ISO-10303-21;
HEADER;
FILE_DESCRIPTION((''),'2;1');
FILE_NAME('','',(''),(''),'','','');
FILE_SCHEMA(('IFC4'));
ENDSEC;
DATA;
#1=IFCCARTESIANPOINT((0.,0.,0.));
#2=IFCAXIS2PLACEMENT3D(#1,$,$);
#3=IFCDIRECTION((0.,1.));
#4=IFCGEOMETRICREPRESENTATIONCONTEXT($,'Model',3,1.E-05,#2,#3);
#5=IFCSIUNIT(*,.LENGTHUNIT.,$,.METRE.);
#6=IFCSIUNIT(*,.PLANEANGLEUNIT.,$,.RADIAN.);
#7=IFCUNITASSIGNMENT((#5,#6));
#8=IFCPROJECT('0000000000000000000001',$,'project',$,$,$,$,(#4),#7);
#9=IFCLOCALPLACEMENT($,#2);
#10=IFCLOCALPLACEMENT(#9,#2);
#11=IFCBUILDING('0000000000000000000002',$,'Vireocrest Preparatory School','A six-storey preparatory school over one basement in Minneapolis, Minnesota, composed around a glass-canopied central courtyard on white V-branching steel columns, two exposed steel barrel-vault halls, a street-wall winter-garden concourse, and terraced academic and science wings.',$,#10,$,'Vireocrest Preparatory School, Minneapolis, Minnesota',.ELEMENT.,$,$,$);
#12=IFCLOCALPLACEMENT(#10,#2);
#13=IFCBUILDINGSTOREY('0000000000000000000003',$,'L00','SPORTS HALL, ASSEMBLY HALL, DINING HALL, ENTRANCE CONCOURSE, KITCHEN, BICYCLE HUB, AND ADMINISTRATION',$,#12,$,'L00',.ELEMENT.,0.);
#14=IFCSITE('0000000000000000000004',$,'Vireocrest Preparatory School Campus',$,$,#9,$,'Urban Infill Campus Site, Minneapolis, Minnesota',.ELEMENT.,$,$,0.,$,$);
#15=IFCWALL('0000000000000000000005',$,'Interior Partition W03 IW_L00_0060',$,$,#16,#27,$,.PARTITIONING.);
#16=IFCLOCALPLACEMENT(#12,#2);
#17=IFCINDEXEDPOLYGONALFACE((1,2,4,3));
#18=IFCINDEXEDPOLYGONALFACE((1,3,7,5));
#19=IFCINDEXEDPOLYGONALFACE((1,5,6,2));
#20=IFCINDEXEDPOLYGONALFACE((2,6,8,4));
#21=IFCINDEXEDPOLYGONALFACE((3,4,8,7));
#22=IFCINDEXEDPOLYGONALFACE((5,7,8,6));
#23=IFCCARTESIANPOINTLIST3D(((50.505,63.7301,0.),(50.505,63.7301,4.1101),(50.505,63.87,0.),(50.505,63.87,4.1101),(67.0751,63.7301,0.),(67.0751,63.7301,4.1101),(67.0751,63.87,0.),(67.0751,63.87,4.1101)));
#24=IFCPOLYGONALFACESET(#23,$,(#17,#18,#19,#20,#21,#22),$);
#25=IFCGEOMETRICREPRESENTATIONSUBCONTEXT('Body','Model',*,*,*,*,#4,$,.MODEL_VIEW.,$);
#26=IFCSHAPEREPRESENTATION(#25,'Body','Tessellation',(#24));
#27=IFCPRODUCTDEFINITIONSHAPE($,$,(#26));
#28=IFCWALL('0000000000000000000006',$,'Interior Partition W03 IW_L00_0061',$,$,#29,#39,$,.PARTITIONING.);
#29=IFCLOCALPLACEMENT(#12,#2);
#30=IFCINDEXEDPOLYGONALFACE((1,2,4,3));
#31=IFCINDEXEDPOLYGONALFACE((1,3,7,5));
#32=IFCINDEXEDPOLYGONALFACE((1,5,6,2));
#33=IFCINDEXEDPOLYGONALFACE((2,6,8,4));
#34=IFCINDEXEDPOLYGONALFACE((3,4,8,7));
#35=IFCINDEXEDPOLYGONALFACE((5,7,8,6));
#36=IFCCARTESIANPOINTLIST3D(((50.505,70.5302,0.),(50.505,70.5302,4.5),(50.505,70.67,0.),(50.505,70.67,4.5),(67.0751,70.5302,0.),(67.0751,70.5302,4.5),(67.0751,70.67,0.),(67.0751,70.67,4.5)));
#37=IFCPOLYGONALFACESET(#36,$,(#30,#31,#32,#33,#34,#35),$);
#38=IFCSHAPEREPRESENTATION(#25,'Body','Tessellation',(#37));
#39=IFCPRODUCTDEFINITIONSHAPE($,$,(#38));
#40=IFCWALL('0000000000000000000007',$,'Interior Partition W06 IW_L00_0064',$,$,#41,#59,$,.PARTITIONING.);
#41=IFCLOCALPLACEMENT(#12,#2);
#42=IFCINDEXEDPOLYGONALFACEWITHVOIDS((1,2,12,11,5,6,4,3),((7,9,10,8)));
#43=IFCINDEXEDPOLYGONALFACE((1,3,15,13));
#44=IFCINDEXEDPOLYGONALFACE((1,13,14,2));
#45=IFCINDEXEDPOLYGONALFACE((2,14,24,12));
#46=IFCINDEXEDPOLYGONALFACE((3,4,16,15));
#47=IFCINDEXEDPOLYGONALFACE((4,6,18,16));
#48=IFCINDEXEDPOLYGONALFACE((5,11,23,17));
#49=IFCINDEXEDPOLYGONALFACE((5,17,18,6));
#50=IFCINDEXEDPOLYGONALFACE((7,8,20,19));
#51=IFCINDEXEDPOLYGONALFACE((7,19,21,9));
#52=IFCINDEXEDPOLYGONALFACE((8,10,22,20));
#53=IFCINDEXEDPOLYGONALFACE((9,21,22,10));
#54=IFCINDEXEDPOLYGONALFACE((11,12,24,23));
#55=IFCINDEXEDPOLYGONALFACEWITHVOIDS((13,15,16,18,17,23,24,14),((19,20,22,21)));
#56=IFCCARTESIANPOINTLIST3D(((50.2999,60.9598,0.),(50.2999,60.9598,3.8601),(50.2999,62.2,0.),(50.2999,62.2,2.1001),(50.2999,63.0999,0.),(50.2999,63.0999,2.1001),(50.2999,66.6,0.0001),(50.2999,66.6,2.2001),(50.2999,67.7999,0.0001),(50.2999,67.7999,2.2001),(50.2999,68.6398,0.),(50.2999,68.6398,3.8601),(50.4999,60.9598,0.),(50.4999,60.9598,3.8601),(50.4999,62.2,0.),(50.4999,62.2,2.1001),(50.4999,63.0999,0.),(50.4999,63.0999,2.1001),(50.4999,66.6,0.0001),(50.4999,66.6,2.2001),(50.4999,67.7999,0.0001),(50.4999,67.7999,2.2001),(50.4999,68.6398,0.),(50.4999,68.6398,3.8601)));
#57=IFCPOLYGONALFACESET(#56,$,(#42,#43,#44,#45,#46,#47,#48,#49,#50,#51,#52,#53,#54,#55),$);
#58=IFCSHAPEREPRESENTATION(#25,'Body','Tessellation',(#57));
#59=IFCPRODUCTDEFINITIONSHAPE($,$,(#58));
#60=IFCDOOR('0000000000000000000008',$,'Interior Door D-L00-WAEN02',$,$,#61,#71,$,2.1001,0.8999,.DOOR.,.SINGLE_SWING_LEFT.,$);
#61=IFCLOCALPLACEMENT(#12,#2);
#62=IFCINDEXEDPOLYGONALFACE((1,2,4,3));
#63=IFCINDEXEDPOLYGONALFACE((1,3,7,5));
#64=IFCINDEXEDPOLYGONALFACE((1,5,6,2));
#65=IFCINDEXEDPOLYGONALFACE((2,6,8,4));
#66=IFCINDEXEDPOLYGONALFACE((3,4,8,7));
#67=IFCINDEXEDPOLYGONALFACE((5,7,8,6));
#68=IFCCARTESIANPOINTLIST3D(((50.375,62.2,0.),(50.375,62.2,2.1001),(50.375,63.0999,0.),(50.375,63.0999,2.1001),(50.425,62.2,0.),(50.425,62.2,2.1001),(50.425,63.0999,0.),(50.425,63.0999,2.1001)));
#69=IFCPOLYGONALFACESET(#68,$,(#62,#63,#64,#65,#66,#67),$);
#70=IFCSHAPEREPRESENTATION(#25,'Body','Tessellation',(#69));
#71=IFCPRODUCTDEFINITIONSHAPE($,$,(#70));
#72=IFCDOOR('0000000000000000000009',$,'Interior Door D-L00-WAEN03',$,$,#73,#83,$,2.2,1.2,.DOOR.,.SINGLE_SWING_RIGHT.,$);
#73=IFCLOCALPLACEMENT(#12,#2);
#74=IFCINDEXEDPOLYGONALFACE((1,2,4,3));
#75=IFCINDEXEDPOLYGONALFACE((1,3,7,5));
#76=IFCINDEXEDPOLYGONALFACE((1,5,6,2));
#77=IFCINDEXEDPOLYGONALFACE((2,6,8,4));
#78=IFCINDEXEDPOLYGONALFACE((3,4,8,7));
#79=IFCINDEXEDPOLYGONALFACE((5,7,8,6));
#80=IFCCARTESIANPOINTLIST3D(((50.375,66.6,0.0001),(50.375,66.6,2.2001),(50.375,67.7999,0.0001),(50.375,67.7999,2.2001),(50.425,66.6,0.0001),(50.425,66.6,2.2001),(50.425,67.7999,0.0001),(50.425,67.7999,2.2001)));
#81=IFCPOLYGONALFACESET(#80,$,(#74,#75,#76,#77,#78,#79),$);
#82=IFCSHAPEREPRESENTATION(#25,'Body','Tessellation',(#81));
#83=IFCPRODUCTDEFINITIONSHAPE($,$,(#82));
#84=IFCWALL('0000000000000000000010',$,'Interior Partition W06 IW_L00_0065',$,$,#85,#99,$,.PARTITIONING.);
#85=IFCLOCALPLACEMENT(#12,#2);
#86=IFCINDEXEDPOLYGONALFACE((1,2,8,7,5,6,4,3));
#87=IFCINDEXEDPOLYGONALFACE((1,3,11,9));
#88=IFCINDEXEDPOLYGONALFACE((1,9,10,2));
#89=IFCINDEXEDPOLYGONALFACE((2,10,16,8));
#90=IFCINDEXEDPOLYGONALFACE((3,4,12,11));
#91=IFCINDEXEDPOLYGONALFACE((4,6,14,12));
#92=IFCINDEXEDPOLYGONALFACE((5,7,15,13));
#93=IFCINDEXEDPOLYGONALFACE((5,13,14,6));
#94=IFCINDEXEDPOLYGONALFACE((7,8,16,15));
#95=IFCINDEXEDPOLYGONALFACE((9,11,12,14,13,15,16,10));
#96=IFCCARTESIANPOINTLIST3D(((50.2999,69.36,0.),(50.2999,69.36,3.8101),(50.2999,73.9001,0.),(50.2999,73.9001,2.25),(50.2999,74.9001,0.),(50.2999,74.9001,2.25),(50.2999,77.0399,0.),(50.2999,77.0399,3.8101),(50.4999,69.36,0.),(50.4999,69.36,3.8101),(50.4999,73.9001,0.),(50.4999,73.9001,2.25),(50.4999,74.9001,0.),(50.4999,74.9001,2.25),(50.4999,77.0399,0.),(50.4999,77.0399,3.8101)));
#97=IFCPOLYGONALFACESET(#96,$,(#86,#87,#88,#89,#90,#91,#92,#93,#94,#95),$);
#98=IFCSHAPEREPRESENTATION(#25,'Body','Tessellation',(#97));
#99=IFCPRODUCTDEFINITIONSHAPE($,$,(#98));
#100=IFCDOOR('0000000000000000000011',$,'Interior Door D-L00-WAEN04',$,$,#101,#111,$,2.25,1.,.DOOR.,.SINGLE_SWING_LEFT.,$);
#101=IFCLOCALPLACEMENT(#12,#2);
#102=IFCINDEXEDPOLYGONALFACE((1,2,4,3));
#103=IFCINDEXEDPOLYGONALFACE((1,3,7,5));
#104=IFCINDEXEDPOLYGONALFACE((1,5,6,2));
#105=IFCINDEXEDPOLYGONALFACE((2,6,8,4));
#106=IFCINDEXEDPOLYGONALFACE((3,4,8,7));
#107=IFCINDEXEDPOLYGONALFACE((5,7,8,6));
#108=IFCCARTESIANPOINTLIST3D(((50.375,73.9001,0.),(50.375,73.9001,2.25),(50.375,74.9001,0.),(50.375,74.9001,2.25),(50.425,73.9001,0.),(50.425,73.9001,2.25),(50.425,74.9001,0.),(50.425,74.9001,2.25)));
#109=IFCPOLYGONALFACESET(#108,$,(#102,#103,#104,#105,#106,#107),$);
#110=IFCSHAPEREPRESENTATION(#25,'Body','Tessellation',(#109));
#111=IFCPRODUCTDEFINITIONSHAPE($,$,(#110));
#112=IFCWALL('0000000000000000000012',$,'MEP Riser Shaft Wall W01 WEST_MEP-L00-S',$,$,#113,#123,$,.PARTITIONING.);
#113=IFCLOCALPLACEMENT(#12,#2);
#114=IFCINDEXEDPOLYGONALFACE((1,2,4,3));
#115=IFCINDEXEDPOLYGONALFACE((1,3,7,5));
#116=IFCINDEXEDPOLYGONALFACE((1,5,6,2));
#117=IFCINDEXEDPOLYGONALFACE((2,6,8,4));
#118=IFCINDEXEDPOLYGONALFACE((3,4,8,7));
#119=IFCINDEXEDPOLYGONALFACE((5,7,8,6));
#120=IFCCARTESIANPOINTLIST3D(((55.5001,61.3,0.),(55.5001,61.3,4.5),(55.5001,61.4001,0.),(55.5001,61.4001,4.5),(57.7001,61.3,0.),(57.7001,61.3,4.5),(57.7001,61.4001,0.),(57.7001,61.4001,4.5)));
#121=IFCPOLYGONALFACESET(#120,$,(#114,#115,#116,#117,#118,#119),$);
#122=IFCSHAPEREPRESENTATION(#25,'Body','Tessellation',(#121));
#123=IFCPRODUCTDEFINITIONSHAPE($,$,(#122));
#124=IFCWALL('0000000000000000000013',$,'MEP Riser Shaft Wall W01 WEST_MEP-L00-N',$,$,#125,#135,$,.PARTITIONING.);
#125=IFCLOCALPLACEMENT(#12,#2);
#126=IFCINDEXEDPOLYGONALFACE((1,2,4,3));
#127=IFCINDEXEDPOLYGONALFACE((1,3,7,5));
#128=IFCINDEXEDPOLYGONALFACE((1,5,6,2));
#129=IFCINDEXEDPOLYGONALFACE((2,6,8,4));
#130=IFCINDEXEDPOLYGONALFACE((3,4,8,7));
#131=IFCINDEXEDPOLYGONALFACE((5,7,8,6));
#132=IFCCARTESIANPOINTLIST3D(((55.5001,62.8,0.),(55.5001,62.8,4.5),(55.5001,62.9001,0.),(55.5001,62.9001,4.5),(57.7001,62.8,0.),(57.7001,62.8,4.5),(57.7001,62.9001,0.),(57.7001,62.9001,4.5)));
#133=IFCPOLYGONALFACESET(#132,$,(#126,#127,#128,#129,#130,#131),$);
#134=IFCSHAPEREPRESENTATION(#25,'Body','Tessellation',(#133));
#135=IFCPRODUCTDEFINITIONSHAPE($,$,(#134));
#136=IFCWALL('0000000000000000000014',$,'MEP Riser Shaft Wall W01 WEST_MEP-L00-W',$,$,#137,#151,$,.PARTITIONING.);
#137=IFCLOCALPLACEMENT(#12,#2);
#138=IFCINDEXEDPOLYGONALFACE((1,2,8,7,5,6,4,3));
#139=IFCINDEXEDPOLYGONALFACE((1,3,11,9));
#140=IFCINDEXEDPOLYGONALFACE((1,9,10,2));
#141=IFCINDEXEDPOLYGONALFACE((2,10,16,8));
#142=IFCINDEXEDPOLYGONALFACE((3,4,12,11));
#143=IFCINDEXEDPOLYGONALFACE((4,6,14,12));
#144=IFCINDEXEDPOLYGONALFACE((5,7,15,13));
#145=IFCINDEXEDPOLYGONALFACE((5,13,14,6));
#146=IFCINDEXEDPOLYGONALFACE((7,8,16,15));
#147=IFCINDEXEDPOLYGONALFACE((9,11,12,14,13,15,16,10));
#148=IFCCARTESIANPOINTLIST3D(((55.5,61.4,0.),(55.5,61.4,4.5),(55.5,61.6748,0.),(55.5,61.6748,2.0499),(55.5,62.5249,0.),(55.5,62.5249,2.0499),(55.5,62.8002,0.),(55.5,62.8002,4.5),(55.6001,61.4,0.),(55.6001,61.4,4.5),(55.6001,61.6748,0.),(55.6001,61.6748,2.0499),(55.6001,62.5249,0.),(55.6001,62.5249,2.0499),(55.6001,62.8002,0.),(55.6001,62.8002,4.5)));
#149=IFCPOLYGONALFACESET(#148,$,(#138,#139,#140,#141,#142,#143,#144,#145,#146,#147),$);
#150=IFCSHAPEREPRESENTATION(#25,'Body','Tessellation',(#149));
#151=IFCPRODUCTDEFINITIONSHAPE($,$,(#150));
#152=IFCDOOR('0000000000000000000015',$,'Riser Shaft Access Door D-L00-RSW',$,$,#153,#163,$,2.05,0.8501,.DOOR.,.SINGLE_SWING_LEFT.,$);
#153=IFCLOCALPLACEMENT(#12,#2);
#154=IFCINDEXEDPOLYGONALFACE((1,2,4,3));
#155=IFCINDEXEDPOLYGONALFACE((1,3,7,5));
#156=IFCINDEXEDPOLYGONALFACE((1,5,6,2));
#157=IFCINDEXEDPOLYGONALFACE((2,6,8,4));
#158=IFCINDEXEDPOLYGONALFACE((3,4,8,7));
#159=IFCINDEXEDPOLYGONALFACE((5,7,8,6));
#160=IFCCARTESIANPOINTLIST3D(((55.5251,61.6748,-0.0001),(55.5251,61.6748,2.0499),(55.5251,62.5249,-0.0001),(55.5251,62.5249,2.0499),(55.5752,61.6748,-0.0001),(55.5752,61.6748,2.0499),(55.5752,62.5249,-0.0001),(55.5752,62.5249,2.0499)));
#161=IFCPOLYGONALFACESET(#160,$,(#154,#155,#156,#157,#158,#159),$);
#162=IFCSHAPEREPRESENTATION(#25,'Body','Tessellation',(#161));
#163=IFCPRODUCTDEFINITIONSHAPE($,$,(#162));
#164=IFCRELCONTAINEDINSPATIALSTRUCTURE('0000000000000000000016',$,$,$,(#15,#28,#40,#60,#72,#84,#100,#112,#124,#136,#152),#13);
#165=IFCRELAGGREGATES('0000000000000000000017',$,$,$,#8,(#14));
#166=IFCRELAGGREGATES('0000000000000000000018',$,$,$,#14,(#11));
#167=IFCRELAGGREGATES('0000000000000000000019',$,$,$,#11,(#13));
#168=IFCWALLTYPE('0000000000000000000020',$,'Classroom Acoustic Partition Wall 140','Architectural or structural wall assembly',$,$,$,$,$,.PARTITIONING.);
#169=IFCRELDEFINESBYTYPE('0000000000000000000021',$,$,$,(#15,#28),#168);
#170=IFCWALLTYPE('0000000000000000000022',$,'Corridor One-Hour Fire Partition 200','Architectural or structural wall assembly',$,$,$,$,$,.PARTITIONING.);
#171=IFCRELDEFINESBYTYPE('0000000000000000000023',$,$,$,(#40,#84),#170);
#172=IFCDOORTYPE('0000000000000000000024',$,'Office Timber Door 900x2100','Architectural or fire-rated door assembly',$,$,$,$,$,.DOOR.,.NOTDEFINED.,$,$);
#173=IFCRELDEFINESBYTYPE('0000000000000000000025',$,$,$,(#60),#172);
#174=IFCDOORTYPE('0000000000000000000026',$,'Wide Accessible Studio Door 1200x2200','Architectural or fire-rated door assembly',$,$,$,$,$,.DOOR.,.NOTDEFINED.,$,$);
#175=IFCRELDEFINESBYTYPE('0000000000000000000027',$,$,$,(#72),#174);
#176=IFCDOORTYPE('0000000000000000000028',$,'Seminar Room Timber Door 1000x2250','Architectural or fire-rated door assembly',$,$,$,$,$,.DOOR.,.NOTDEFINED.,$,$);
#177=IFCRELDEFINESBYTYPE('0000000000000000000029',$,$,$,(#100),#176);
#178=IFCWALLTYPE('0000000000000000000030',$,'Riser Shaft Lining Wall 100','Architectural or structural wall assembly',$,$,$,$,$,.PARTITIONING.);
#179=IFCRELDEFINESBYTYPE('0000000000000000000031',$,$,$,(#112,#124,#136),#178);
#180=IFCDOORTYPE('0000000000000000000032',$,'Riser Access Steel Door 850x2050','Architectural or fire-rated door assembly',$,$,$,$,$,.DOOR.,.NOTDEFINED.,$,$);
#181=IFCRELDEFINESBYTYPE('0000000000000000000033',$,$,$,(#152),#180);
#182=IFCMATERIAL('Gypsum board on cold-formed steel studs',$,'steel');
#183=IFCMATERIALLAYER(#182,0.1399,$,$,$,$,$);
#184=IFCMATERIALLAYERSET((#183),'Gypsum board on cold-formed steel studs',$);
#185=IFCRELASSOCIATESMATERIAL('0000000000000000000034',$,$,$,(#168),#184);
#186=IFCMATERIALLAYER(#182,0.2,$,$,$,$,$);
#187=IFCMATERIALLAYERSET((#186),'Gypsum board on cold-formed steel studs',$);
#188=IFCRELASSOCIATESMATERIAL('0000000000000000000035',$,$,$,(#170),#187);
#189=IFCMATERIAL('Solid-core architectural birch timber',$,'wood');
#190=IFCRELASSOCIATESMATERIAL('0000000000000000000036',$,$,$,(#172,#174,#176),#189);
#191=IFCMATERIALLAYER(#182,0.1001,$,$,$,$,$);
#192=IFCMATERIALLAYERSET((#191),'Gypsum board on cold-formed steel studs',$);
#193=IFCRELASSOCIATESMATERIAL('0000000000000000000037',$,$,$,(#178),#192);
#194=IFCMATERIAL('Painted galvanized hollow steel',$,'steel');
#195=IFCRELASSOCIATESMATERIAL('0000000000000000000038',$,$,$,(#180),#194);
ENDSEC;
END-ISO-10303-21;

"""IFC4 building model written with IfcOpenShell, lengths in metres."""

from ifc_helpers import new_model, si_unit, direction, frame, frame_2d, origin, place, context, subcontext, project, spatial, rectangle, extrude, material, layer, layer_set, type_object, element, fill, save


model = new_model("IFC4")

# Units and contexts
model_context = context("Model", 3, precision=1e-05, world=origin(), true_north=direction((0.0, 1.0)))
body_context = subcontext(model_context, "Body", "Model", "MODEL_VIEW")
ifc_project = project(units=[si_unit("LENGTHUNIT", "METRE"), si_unit("PLANEANGLEUNIT", "RADIAN")], contexts=[model_context])

# Site, building, storey
site_placement = place(None, origin())
site = spatial("IfcSite", under=ifc_project, at=site_placement, Name="Vireocrest Preparatory School Campus", LongName="Urban Infill Campus Site, Minneapolis, Minnesota", CompositionType="ELEMENT", RefElevation=0.0)
building_placement = place(site_placement, origin())
building = spatial("IfcBuilding", under=site, at=building_placement, Name="Vireocrest Preparatory School", Description="A six-storey preparatory school over one basement in Minneapolis, Minnesota, composed around a glass-canopied central courtyard on white V-branching steel columns, two exposed steel barrel-vault halls, a street-wall winter-garden concourse, and terraced academic and science wings.", LongName="Vireocrest Preparatory School, Minneapolis, Minnesota", CompositionType="ELEMENT")
storey_placement = place(building_placement, origin())
storey = spatial("IfcBuildingStorey", under=building, at=storey_placement, Name="L00", Description="SPORTS HALL, ASSEMBLY HALL, DINING HALL, ENTRANCE CONCOURSE, KITCHEN, BICYCLE HUB, AND ADMINISTRATION", LongName="L00", CompositionType="ELEMENT", Elevation=0.0)

# Walls
ifc_material_1 = material(Name="Gypsum board on cold-formed steel studs", Category="steel")
ifc_layer_1 = layer(ifc_material_1, 0.1399)
ifc_layer_set_1 = layer_set([ifc_layer_1], Name="Gypsum board on cold-formed steel studs")
wall_type_1 = type_object("IfcWallType", Name="Classroom Acoustic Partition Wall 140", Description="Architectural or structural wall assembly", PredefinedType="PARTITIONING", material=ifc_layer_set_1)
wall_1_placement = place(storey_placement, frame((50.5049, 63.8, 0.0), z_axis=(0.0, 0.0, 1.0), x_axis=(1.0, 0.0, 0.0)))
element("IfcWall", 1, at=wall_1_placement, inside=storey, type_object=wall_type_1, Name="Interior Partition W03 IW_L00_0060", PredefinedType="PARTITIONING", context=body_context, shape_type="SweptSolid", body=[
    extrude(rectangle(XDim=16.5701, YDim=0.1399, at=frame_2d((8.2852, 0.0))), origin(), (0.0, 0.0, 1.0), 4.1101),
])
wall_2_placement = place(storey_placement, frame((50.5049, 70.6001, 0.0), z_axis=(0.0, 0.0, 1.0), x_axis=(1.0, 0.0, 0.0)))
element("IfcWall", 2, at=wall_2_placement, inside=storey, type_object=wall_type_1, Name="Interior Partition W03 IW_L00_0061", PredefinedType="PARTITIONING", context=body_context, shape_type="SweptSolid", body=[
    extrude(rectangle(XDim=16.5701, YDim=0.1399, at=frame_2d((8.2852, 0.0))), origin(), (0.0, 0.0, 1.0), 4.5),
])

# Wall, openings, doors
ifc_layer_2 = layer(ifc_material_1, 0.2)
ifc_layer_set_2 = layer_set([ifc_layer_2], Name="Gypsum board on cold-formed steel studs")
wall_type_2 = type_object("IfcWallType", Name="Corridor One-Hour Fire Partition 200", Description="Architectural or structural wall assembly", PredefinedType="PARTITIONING", material=ifc_layer_set_2)
wall_3_placement = place(storey_placement, frame((50.3999, 60.96, 0.0), z_axis=(0.0, 0.0, 1.0), x_axis=(0.0, 1.0, 0.0)))
wall_3 = element("IfcWall", 3, at=wall_3_placement, inside=storey, type_object=wall_type_2, Name="Interior Partition W06 IW_L00_0064", PredefinedType="PARTITIONING", context=body_context, shape_type="SweptSolid", body=[
    extrude(rectangle(XDim=7.6799, YDim=0.2, at=frame_2d((3.8398, 0.0))), origin(), (0.0, 0.0, 1.0), 3.8601),
])
opening_1_placement = place(wall_3_placement, frame((1.24, 0.0, 0.0)))
opening_1 = element("IfcOpeningElement", 4, at=opening_1_placement, cuts=wall_3, PredefinedType="OPENING", context=body_context, shape_type="SweptSolid", body=[
    extrude(rectangle(XDim=0.8999, YDim=2.1001, at=frame_2d((0.45, 1.05))), frame((0.0, 0.1099, 0.0), z_axis=(0.0, -1.0, 0.0), x_axis=(1.0, 0.0, 0.0)), (0.0, 0.0, 1.0), 0.22),
])
opening_2_placement = place(wall_3_placement, frame((5.6399, 0.0, 0.0)))
opening_2 = element("IfcOpeningElement", 5, at=opening_2_placement, cuts=wall_3, PredefinedType="OPENING", context=body_context, shape_type="SweptSolid", body=[
    extrude(rectangle(XDim=1.2, YDim=2.2, at=frame_2d((0.6001, 1.1001))), frame((0.0, 0.1099, 0.0), z_axis=(0.0, -1.0, 0.0), x_axis=(1.0, 0.0, 0.0)), (0.0, 0.0, 1.0), 0.22),
])
ifc_material_2 = material(Name="Solid-core architectural birch timber", Category="wood")
door_type_1 = type_object("IfcDoorType", Name="Office Timber Door 900x2100", Description="Architectural or fire-rated door assembly", OperationType="NOTDEFINED", PredefinedType="DOOR", material=ifc_material_2)
door_1_placement = place(opening_1_placement, origin())
door_1 = element("IfcDoor", 6, at=door_1_placement, inside=storey, type_object=door_type_1, Name="Interior Door D-L00-WAEN02", OperationType="SINGLE_SWING_LEFT", OverallHeight=2.1001, OverallWidth=0.8999, PredefinedType="DOOR", context=body_context, shape_type="SweptSolid", body=[
    extrude(rectangle(XDim=0.8999, YDim=2.1001, at=frame_2d((0.45, 1.05))), frame((0.0, 0.0249, 0.0), z_axis=(0.0, -1.0, 0.0), x_axis=(1.0, 0.0, 0.0)), (0.0, 0.0, 1.0), 0.05),
])
fill(opening_1, door_1)
door_type_2 = type_object("IfcDoorType", Name="Wide Accessible Studio Door 1200x2200", Description="Architectural or fire-rated door assembly", OperationType="NOTDEFINED", PredefinedType="DOOR", material=ifc_material_2)
door_2_placement = place(opening_2_placement, origin())
door_2 = element("IfcDoor", 7, at=door_2_placement, inside=storey, type_object=door_type_2, Name="Interior Door D-L00-WAEN03", OperationType="SINGLE_SWING_RIGHT", OverallHeight=2.2, OverallWidth=1.2, PredefinedType="DOOR", context=body_context, shape_type="SweptSolid", body=[
    extrude(rectangle(XDim=1.2, YDim=2.2, at=frame_2d((0.6001, 1.1001))), frame((0.0, 0.0249, 0.0), z_axis=(0.0, -1.0, 0.0), x_axis=(1.0, 0.0, 0.0)), (0.0, 0.0, 1.0), 0.05),
])
fill(opening_2, door_2)

# Wall, opening, door
wall_4_placement = place(storey_placement, frame((50.3999, 69.3601, 0.0), z_axis=(0.0, 0.0, 1.0), x_axis=(0.0, 1.0, 0.0)))
wall_4 = element("IfcWall", 8, at=wall_4_placement, inside=storey, type_object=wall_type_2, Name="Interior Partition W06 IW_L00_0065", PredefinedType="PARTITIONING", context=body_context, shape_type="SweptSolid", body=[
    extrude(rectangle(XDim=7.6799, YDim=0.2, at=frame_2d((3.8398, 0.0))), origin(), (0.0, 0.0, 1.0), 3.8101),
])
opening_3_placement = place(wall_4_placement, frame((4.54, 0.0, 0.0)))
opening_3 = element("IfcOpeningElement", 9, at=opening_3_placement, cuts=wall_4, PredefinedType="OPENING", context=body_context, shape_type="SweptSolid", body=[
    extrude(rectangle(XDim=1.0, YDim=2.25, at=frame_2d((0.5, 1.125))), frame((0.0, 0.1099, 0.0), z_axis=(0.0, -1.0, 0.0), x_axis=(1.0, 0.0, 0.0)), (0.0, 0.0, 1.0), 0.22),
])
door_type_3 = type_object("IfcDoorType", Name="Seminar Room Timber Door 1000x2250", Description="Architectural or fire-rated door assembly", OperationType="NOTDEFINED", PredefinedType="DOOR", material=ifc_material_2)
door_3_placement = place(opening_3_placement, origin())
door_3 = element("IfcDoor", 10, at=door_3_placement, inside=storey, type_object=door_type_3, Name="Interior Door D-L00-WAEN04", OperationType="SINGLE_SWING_LEFT", OverallHeight=2.25, OverallWidth=1.0, PredefinedType="DOOR", context=body_context, shape_type="SweptSolid", body=[
    extrude(rectangle(XDim=1.0, YDim=2.25, at=frame_2d((0.5, 1.125))), frame((0.0, 0.0249, 0.0), z_axis=(0.0, -1.0, 0.0), x_axis=(1.0, 0.0, 0.0)), (0.0, 0.0, 1.0), 0.05),
])
fill(opening_3, door_3)

# Walls
ifc_layer_3 = layer(ifc_material_1, 0.1001)
ifc_layer_set_3 = layer_set([ifc_layer_3], Name="Gypsum board on cold-formed steel studs")
wall_type_3 = type_object("IfcWallType", Name="Riser Shaft Lining Wall 100", Description="Architectural or structural wall assembly", PredefinedType="PARTITIONING", material=ifc_layer_set_3)
for number, where, z_axis, x_axis, name in (
    (11, (55.5, 61.3501, 0.0), (0.0, 0.0, 1.0), (1.0, 0.0, 0.0), "MEP Riser Shaft Wall W01 WEST_MEP-L00-S"),
    (12, (55.5, 62.8501, 0.0), (0.0, 0.0, 1.0), (1.0, 0.0, 0.0), "MEP Riser Shaft Wall W01 WEST_MEP-L00-N"),
):
    element("IfcWall", number, at=place(storey_placement, frame(where, z_axis=z_axis, x_axis=x_axis)), inside=storey, type_object=wall_type_3, Name=name, PredefinedType="PARTITIONING", context=body_context, shape_type="SweptSolid", body=[
        extrude(rectangle(XDim=2.2, YDim=0.1001, at=frame_2d((1.1001, 0.0))), origin(), (0.0, 0.0, 1.0), 4.5),
    ])

# Wall, opening, door
wall_5_placement = place(storey_placement, frame((55.55, 61.3999, 0.0), z_axis=(0.0, 0.0, 1.0), x_axis=(0.0, 1.0, 0.0)))
wall_5 = element("IfcWall", 13, at=wall_5_placement, inside=storey, type_object=wall_type_3, Name="MEP Riser Shaft Wall W01 WEST_MEP-L00-W", PredefinedType="PARTITIONING", context=body_context, shape_type="SweptSolid", body=[
    extrude(rectangle(XDim=1.4001, YDim=0.1001, at=frame_2d((0.7002, 0.0))), origin(), (0.0, 0.0, 1.0), 4.5),
])
opening_4_placement = place(wall_5_placement, frame((0.2749, 0.0, 0.0)))
opening_4 = element("IfcOpeningElement", 14, at=opening_4_placement, cuts=wall_5, PredefinedType="OPENING", context=body_context, shape_type="SweptSolid", body=[
    extrude(rectangle(XDim=0.8501, YDim=2.05, at=frame_2d((0.425, 1.0249))), frame((0.0, 0.0601, 0.0), z_axis=(0.0, -1.0, 0.0), x_axis=(1.0, 0.0, 0.0)), (0.0, 0.0, 1.0), 0.1201),
])
ifc_material_3 = material(Name="Painted galvanized hollow steel", Category="steel")
door_type_4 = type_object("IfcDoorType", Name="Riser Access Steel Door 850x2050", Description="Architectural or fire-rated door assembly", OperationType="NOTDEFINED", PredefinedType="DOOR", material=ifc_material_3)
door_4_placement = place(opening_4_placement, origin())
door_4 = element("IfcDoor", 15, at=door_4_placement, inside=storey, type_object=door_type_4, Name="Riser Shaft Access Door D-L00-RSW", OperationType="SINGLE_SWING_LEFT", OverallHeight=2.05, OverallWidth=0.8501, PredefinedType="DOOR", context=body_context, shape_type="SweptSolid", body=[
    extrude(rectangle(XDim=0.8501, YDim=2.05, at=frame_2d((0.425, 1.0249))), frame((0.0, 0.0249, 0.0), z_axis=(0.0, -1.0, 0.0), x_axis=(1.0, 0.0, 0.0)), (0.0, 0.0, 1.0), 0.05),
])
fill(opening_4, door_4)

save(model, "model.ifc")
